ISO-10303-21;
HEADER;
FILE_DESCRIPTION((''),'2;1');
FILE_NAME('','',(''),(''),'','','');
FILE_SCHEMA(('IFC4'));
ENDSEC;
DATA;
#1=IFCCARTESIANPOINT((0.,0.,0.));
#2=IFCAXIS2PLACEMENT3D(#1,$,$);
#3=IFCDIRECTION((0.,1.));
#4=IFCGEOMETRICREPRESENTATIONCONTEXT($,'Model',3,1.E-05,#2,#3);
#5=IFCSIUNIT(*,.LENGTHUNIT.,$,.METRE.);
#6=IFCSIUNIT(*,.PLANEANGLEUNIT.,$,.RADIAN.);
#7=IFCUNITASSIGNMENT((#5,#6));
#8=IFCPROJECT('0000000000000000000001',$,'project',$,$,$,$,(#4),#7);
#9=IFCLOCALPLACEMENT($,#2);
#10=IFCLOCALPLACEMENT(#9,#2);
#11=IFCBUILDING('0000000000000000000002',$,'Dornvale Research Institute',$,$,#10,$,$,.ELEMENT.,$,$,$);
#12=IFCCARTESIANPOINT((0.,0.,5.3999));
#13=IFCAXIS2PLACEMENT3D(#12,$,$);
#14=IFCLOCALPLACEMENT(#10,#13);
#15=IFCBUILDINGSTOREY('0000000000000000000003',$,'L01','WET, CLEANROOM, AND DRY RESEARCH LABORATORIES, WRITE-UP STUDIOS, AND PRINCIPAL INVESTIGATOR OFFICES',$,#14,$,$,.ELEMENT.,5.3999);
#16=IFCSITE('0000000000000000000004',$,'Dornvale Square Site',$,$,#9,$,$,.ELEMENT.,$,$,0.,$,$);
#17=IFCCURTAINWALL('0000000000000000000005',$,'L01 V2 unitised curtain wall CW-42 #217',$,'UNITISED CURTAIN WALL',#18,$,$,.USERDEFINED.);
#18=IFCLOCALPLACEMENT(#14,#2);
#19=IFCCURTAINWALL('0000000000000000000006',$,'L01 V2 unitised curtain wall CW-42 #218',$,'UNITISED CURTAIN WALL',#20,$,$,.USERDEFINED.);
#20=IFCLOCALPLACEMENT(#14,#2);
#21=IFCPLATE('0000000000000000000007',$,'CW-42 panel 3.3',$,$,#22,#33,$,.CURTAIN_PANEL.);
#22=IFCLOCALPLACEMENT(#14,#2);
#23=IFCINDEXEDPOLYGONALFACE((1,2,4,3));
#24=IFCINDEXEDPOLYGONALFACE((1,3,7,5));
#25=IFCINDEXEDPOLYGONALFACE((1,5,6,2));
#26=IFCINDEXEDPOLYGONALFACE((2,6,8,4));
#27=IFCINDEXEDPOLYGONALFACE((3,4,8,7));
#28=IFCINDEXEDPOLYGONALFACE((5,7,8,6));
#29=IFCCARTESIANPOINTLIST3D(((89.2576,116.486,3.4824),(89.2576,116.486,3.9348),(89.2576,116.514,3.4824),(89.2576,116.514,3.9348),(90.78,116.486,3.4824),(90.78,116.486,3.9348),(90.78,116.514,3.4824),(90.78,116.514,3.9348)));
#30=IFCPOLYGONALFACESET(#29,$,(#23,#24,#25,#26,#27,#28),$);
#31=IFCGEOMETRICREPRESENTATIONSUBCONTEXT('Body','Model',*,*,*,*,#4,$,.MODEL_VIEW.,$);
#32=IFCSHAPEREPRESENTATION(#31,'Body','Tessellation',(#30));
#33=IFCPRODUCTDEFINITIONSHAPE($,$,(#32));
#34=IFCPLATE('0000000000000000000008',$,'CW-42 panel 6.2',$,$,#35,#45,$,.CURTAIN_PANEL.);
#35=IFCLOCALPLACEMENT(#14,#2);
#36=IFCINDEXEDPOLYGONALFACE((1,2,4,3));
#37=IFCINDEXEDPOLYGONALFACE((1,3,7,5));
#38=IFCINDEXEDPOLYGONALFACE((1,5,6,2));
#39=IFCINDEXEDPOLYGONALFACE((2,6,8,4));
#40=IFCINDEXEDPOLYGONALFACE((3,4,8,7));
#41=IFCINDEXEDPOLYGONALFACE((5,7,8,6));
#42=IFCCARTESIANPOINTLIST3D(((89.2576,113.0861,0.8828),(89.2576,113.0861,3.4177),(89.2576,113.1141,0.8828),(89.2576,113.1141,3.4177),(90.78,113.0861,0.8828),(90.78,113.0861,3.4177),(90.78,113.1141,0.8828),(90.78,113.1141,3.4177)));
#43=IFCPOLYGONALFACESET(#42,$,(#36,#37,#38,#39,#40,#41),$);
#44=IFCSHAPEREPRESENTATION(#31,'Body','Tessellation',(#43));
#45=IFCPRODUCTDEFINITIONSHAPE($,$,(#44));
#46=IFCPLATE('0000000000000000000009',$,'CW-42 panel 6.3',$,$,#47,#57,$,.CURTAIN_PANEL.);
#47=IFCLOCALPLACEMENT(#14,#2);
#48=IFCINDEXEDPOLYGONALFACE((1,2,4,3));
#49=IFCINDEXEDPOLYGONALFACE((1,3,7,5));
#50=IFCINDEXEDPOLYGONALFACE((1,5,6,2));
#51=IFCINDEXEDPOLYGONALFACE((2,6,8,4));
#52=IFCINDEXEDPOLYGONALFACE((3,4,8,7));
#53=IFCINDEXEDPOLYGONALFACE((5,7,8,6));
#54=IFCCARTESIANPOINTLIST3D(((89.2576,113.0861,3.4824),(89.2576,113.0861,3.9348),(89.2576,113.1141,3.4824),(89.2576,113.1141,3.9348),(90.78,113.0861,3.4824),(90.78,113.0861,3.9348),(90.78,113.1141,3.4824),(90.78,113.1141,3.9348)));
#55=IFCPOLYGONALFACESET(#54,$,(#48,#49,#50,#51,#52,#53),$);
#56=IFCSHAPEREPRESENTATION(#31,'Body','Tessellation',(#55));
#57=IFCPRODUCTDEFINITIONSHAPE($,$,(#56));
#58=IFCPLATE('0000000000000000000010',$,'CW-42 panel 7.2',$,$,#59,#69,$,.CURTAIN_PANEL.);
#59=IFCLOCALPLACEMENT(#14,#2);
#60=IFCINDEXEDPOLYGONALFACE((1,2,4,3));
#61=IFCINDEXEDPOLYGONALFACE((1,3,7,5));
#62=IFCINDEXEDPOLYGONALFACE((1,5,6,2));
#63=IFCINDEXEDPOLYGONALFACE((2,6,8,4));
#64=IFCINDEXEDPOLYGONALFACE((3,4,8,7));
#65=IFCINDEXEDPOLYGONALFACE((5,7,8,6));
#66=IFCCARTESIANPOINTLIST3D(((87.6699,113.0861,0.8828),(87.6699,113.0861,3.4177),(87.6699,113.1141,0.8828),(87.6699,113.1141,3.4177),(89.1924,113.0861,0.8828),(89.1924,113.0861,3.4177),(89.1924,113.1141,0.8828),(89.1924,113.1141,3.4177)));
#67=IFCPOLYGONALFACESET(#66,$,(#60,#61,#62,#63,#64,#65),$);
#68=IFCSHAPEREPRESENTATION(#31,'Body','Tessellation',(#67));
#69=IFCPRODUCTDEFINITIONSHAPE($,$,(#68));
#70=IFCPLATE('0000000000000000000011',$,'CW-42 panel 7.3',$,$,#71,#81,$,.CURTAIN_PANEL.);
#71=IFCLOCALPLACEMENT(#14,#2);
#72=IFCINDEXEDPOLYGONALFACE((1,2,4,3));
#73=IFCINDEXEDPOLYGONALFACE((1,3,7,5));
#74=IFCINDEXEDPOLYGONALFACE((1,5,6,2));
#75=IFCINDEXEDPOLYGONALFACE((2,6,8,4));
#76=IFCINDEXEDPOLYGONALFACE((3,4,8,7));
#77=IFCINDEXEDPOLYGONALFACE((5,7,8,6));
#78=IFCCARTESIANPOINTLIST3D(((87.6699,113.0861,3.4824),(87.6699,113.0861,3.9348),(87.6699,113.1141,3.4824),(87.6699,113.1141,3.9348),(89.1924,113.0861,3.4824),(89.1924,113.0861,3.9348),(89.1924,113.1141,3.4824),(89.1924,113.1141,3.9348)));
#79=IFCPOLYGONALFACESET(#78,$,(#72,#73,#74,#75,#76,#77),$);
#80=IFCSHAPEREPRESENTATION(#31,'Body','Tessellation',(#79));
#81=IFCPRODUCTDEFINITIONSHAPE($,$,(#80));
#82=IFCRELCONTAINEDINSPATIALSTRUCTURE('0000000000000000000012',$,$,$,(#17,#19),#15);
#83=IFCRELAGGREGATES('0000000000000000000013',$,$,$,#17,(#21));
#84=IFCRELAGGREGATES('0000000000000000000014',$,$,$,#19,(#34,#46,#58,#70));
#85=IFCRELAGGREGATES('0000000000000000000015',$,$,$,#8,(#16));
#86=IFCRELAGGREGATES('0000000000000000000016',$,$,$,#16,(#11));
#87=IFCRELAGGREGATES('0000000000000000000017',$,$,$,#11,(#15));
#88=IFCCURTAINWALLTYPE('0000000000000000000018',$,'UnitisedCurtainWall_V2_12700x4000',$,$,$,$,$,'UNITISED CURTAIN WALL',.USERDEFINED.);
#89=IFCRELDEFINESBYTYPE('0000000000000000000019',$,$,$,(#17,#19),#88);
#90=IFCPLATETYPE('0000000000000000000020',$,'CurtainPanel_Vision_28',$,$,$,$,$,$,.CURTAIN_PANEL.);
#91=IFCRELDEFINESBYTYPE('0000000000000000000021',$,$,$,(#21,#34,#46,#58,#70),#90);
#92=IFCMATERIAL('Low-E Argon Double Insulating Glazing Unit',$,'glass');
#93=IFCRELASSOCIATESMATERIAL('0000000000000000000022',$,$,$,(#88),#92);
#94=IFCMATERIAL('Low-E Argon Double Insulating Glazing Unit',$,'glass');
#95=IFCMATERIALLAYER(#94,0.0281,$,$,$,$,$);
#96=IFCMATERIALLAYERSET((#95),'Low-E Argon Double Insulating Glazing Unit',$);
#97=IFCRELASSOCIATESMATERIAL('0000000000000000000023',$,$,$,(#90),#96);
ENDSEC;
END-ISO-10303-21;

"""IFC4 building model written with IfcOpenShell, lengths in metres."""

from ifc_helpers import new_model, si_unit, direction, frame, origin, origin_2d, place, context, subcontext, project, spatial, rectangle, extrude, material, layer, layer_set, type_object, element, aggregate, save


model = new_model("IFC4")

# Units and contexts
model_context = context("Model", 3, precision=1e-05, world=origin(), true_north=direction((0.0, 1.0)))
body_context = subcontext(model_context, "Body", "Model", "MODEL_VIEW")
ifc_project = project(units=[si_unit("LENGTHUNIT", "METRE"), si_unit("PLANEANGLEUNIT", "RADIAN")], contexts=[model_context])

# Site, building, storey
site_placement = place(None, origin())
site = spatial("IfcSite", under=ifc_project, at=site_placement, Name="Dornvale Square Site", CompositionType="ELEMENT", RefElevation=0.0)
building_placement = place(site_placement, origin())
building = spatial("IfcBuilding", under=site, at=building_placement, Name="Dornvale Research Institute", CompositionType="ELEMENT")
storey_placement = place(building_placement, frame((0.0, 0.0, 5.3999)))
storey = spatial("IfcBuildingStorey", under=building, at=storey_placement, Name="L01", Description="WET, CLEANROOM, AND DRY RESEARCH LABORATORIES, WRITE-UP STUDIOS, AND PRINCIPAL INVESTIGATOR OFFICES", CompositionType="ELEMENT", Elevation=5.3999)

# Curtain walls
ifc_material_1 = material(Name="Low-E Argon Double Insulating Glazing Unit", Category="glass")
curtain_wall_type = type_object("IfcCurtainWallType", Name="UnitisedCurtainWall_V2_12700x4000", ElementType="UNITISED CURTAIN WALL", PredefinedType="USERDEFINED", material=ifc_material_1)
curtain_wall_1_placement = place(storey_placement, origin())
curtain_wall_1 = element("IfcCurtainWall", 1, at=curtain_wall_1_placement, inside=storey, type_object=curtain_wall_type, Name="L01 V2 unitised curtain wall CW-42 #217", ObjectType="UNITISED CURTAIN WALL", PredefinedType="USERDEFINED")
curtain_wall_2_placement = place(storey_placement, origin())
curtain_wall_2 = element("IfcCurtainWall", 2, at=curtain_wall_2_placement, inside=storey, type_object=curtain_wall_type, Name="L01 V2 unitised curtain wall CW-42 #218", ObjectType="UNITISED CURTAIN WALL", PredefinedType="USERDEFINED")

# Plates
ifc_material_2 = material(Name="Low-E Argon Double Insulating Glazing Unit", Category="glass")
ifc_layer_1 = layer(ifc_material_2, 0.0281)
ifc_layer_set_1 = layer_set([ifc_layer_1], Name="Low-E Argon Double Insulating Glazing Unit")
plate_type_1 = type_object("IfcPlateType", Name="CurtainPanel_Vision_28", PredefinedType="CURTAIN_PANEL", material=ifc_layer_set_1)
plate_1_placement = place(storey_placement, frame((90.0188, 116.5, 3.4824), z_axis=(0.0, 0.0, 1.0), x_axis=(1.0, 0.0, 0.0)))
plate_1 = element("IfcPlate", 3, at=plate_1_placement, type_object=plate_type_1, Name="CW-42 panel 3.3", PredefinedType="CURTAIN_PANEL", context=body_context, shape_type="SweptSolid", body=[
    extrude(rectangle(XDim=1.5225, YDim=0.0281, at=origin_2d()), origin(), (0.0, 0.0, 1.0), 0.4524),
])
aggregate(curtain_wall_1, [plate_1])
plate_2_placement = place(storey_placement, frame((90.0188, 113.1001, 0.8828), z_axis=(0.0, 0.0, 1.0), x_axis=(-1.0, 0.0, 0.0)))
plate_2 = element("IfcPlate", 4, at=plate_2_placement, type_object=plate_type_1, Name="CW-42 panel 6.2", PredefinedType="CURTAIN_PANEL", context=body_context, shape_type="SweptSolid", body=[
    extrude(rectangle(XDim=1.5225, YDim=0.0281, at=origin_2d()), origin(), (0.0, 0.0, 1.0), 2.5349),
])
plate_3_placement = place(storey_placement, frame((90.0188, 113.1001, 3.4824), z_axis=(0.0, 0.0, 1.0), x_axis=(-1.0, 0.0, 0.0)))
plate_3 = element("IfcPlate", 5, at=plate_3_placement, type_object=plate_type_1, Name="CW-42 panel 6.3", PredefinedType="CURTAIN_PANEL", context=body_context, shape_type="SweptSolid", body=[
    extrude(rectangle(XDim=1.5225, YDim=0.0281, at=origin_2d()), origin(), (0.0, 0.0, 1.0), 0.4524),
])
plate_4_placement = place(storey_placement, frame((88.4312, 113.1001, 0.8828), z_axis=(0.0, 0.0, 1.0), x_axis=(-1.0, 0.0, 0.0)))
plate_4 = element("IfcPlate", 6, at=plate_4_placement, type_object=plate_type_1, Name="CW-42 panel 7.2", PredefinedType="CURTAIN_PANEL", context=body_context, shape_type="SweptSolid", body=[
    extrude(rectangle(XDim=1.5225, YDim=0.0281, at=origin_2d()), origin(), (0.0, 0.0, 1.0), 2.5349),
])
plate_5_placement = place(storey_placement, frame((88.4312, 113.1001, 3.4824), z_axis=(0.0, 0.0, 1.0), x_axis=(-1.0, 0.0, 0.0)))
plate_5 = element("IfcPlate", 7, at=plate_5_placement, type_object=plate_type_1, Name="CW-42 panel 7.3", PredefinedType="CURTAIN_PANEL", context=body_context, shape_type="SweptSolid", body=[
    extrude(rectangle(XDim=1.5225, YDim=0.0281, at=origin_2d()), origin(), (0.0, 0.0, 1.0), 0.4524),
])
aggregate(curtain_wall_2, [plate_2, plate_3, plate_4, plate_5])

save(model, "model.ifc")
